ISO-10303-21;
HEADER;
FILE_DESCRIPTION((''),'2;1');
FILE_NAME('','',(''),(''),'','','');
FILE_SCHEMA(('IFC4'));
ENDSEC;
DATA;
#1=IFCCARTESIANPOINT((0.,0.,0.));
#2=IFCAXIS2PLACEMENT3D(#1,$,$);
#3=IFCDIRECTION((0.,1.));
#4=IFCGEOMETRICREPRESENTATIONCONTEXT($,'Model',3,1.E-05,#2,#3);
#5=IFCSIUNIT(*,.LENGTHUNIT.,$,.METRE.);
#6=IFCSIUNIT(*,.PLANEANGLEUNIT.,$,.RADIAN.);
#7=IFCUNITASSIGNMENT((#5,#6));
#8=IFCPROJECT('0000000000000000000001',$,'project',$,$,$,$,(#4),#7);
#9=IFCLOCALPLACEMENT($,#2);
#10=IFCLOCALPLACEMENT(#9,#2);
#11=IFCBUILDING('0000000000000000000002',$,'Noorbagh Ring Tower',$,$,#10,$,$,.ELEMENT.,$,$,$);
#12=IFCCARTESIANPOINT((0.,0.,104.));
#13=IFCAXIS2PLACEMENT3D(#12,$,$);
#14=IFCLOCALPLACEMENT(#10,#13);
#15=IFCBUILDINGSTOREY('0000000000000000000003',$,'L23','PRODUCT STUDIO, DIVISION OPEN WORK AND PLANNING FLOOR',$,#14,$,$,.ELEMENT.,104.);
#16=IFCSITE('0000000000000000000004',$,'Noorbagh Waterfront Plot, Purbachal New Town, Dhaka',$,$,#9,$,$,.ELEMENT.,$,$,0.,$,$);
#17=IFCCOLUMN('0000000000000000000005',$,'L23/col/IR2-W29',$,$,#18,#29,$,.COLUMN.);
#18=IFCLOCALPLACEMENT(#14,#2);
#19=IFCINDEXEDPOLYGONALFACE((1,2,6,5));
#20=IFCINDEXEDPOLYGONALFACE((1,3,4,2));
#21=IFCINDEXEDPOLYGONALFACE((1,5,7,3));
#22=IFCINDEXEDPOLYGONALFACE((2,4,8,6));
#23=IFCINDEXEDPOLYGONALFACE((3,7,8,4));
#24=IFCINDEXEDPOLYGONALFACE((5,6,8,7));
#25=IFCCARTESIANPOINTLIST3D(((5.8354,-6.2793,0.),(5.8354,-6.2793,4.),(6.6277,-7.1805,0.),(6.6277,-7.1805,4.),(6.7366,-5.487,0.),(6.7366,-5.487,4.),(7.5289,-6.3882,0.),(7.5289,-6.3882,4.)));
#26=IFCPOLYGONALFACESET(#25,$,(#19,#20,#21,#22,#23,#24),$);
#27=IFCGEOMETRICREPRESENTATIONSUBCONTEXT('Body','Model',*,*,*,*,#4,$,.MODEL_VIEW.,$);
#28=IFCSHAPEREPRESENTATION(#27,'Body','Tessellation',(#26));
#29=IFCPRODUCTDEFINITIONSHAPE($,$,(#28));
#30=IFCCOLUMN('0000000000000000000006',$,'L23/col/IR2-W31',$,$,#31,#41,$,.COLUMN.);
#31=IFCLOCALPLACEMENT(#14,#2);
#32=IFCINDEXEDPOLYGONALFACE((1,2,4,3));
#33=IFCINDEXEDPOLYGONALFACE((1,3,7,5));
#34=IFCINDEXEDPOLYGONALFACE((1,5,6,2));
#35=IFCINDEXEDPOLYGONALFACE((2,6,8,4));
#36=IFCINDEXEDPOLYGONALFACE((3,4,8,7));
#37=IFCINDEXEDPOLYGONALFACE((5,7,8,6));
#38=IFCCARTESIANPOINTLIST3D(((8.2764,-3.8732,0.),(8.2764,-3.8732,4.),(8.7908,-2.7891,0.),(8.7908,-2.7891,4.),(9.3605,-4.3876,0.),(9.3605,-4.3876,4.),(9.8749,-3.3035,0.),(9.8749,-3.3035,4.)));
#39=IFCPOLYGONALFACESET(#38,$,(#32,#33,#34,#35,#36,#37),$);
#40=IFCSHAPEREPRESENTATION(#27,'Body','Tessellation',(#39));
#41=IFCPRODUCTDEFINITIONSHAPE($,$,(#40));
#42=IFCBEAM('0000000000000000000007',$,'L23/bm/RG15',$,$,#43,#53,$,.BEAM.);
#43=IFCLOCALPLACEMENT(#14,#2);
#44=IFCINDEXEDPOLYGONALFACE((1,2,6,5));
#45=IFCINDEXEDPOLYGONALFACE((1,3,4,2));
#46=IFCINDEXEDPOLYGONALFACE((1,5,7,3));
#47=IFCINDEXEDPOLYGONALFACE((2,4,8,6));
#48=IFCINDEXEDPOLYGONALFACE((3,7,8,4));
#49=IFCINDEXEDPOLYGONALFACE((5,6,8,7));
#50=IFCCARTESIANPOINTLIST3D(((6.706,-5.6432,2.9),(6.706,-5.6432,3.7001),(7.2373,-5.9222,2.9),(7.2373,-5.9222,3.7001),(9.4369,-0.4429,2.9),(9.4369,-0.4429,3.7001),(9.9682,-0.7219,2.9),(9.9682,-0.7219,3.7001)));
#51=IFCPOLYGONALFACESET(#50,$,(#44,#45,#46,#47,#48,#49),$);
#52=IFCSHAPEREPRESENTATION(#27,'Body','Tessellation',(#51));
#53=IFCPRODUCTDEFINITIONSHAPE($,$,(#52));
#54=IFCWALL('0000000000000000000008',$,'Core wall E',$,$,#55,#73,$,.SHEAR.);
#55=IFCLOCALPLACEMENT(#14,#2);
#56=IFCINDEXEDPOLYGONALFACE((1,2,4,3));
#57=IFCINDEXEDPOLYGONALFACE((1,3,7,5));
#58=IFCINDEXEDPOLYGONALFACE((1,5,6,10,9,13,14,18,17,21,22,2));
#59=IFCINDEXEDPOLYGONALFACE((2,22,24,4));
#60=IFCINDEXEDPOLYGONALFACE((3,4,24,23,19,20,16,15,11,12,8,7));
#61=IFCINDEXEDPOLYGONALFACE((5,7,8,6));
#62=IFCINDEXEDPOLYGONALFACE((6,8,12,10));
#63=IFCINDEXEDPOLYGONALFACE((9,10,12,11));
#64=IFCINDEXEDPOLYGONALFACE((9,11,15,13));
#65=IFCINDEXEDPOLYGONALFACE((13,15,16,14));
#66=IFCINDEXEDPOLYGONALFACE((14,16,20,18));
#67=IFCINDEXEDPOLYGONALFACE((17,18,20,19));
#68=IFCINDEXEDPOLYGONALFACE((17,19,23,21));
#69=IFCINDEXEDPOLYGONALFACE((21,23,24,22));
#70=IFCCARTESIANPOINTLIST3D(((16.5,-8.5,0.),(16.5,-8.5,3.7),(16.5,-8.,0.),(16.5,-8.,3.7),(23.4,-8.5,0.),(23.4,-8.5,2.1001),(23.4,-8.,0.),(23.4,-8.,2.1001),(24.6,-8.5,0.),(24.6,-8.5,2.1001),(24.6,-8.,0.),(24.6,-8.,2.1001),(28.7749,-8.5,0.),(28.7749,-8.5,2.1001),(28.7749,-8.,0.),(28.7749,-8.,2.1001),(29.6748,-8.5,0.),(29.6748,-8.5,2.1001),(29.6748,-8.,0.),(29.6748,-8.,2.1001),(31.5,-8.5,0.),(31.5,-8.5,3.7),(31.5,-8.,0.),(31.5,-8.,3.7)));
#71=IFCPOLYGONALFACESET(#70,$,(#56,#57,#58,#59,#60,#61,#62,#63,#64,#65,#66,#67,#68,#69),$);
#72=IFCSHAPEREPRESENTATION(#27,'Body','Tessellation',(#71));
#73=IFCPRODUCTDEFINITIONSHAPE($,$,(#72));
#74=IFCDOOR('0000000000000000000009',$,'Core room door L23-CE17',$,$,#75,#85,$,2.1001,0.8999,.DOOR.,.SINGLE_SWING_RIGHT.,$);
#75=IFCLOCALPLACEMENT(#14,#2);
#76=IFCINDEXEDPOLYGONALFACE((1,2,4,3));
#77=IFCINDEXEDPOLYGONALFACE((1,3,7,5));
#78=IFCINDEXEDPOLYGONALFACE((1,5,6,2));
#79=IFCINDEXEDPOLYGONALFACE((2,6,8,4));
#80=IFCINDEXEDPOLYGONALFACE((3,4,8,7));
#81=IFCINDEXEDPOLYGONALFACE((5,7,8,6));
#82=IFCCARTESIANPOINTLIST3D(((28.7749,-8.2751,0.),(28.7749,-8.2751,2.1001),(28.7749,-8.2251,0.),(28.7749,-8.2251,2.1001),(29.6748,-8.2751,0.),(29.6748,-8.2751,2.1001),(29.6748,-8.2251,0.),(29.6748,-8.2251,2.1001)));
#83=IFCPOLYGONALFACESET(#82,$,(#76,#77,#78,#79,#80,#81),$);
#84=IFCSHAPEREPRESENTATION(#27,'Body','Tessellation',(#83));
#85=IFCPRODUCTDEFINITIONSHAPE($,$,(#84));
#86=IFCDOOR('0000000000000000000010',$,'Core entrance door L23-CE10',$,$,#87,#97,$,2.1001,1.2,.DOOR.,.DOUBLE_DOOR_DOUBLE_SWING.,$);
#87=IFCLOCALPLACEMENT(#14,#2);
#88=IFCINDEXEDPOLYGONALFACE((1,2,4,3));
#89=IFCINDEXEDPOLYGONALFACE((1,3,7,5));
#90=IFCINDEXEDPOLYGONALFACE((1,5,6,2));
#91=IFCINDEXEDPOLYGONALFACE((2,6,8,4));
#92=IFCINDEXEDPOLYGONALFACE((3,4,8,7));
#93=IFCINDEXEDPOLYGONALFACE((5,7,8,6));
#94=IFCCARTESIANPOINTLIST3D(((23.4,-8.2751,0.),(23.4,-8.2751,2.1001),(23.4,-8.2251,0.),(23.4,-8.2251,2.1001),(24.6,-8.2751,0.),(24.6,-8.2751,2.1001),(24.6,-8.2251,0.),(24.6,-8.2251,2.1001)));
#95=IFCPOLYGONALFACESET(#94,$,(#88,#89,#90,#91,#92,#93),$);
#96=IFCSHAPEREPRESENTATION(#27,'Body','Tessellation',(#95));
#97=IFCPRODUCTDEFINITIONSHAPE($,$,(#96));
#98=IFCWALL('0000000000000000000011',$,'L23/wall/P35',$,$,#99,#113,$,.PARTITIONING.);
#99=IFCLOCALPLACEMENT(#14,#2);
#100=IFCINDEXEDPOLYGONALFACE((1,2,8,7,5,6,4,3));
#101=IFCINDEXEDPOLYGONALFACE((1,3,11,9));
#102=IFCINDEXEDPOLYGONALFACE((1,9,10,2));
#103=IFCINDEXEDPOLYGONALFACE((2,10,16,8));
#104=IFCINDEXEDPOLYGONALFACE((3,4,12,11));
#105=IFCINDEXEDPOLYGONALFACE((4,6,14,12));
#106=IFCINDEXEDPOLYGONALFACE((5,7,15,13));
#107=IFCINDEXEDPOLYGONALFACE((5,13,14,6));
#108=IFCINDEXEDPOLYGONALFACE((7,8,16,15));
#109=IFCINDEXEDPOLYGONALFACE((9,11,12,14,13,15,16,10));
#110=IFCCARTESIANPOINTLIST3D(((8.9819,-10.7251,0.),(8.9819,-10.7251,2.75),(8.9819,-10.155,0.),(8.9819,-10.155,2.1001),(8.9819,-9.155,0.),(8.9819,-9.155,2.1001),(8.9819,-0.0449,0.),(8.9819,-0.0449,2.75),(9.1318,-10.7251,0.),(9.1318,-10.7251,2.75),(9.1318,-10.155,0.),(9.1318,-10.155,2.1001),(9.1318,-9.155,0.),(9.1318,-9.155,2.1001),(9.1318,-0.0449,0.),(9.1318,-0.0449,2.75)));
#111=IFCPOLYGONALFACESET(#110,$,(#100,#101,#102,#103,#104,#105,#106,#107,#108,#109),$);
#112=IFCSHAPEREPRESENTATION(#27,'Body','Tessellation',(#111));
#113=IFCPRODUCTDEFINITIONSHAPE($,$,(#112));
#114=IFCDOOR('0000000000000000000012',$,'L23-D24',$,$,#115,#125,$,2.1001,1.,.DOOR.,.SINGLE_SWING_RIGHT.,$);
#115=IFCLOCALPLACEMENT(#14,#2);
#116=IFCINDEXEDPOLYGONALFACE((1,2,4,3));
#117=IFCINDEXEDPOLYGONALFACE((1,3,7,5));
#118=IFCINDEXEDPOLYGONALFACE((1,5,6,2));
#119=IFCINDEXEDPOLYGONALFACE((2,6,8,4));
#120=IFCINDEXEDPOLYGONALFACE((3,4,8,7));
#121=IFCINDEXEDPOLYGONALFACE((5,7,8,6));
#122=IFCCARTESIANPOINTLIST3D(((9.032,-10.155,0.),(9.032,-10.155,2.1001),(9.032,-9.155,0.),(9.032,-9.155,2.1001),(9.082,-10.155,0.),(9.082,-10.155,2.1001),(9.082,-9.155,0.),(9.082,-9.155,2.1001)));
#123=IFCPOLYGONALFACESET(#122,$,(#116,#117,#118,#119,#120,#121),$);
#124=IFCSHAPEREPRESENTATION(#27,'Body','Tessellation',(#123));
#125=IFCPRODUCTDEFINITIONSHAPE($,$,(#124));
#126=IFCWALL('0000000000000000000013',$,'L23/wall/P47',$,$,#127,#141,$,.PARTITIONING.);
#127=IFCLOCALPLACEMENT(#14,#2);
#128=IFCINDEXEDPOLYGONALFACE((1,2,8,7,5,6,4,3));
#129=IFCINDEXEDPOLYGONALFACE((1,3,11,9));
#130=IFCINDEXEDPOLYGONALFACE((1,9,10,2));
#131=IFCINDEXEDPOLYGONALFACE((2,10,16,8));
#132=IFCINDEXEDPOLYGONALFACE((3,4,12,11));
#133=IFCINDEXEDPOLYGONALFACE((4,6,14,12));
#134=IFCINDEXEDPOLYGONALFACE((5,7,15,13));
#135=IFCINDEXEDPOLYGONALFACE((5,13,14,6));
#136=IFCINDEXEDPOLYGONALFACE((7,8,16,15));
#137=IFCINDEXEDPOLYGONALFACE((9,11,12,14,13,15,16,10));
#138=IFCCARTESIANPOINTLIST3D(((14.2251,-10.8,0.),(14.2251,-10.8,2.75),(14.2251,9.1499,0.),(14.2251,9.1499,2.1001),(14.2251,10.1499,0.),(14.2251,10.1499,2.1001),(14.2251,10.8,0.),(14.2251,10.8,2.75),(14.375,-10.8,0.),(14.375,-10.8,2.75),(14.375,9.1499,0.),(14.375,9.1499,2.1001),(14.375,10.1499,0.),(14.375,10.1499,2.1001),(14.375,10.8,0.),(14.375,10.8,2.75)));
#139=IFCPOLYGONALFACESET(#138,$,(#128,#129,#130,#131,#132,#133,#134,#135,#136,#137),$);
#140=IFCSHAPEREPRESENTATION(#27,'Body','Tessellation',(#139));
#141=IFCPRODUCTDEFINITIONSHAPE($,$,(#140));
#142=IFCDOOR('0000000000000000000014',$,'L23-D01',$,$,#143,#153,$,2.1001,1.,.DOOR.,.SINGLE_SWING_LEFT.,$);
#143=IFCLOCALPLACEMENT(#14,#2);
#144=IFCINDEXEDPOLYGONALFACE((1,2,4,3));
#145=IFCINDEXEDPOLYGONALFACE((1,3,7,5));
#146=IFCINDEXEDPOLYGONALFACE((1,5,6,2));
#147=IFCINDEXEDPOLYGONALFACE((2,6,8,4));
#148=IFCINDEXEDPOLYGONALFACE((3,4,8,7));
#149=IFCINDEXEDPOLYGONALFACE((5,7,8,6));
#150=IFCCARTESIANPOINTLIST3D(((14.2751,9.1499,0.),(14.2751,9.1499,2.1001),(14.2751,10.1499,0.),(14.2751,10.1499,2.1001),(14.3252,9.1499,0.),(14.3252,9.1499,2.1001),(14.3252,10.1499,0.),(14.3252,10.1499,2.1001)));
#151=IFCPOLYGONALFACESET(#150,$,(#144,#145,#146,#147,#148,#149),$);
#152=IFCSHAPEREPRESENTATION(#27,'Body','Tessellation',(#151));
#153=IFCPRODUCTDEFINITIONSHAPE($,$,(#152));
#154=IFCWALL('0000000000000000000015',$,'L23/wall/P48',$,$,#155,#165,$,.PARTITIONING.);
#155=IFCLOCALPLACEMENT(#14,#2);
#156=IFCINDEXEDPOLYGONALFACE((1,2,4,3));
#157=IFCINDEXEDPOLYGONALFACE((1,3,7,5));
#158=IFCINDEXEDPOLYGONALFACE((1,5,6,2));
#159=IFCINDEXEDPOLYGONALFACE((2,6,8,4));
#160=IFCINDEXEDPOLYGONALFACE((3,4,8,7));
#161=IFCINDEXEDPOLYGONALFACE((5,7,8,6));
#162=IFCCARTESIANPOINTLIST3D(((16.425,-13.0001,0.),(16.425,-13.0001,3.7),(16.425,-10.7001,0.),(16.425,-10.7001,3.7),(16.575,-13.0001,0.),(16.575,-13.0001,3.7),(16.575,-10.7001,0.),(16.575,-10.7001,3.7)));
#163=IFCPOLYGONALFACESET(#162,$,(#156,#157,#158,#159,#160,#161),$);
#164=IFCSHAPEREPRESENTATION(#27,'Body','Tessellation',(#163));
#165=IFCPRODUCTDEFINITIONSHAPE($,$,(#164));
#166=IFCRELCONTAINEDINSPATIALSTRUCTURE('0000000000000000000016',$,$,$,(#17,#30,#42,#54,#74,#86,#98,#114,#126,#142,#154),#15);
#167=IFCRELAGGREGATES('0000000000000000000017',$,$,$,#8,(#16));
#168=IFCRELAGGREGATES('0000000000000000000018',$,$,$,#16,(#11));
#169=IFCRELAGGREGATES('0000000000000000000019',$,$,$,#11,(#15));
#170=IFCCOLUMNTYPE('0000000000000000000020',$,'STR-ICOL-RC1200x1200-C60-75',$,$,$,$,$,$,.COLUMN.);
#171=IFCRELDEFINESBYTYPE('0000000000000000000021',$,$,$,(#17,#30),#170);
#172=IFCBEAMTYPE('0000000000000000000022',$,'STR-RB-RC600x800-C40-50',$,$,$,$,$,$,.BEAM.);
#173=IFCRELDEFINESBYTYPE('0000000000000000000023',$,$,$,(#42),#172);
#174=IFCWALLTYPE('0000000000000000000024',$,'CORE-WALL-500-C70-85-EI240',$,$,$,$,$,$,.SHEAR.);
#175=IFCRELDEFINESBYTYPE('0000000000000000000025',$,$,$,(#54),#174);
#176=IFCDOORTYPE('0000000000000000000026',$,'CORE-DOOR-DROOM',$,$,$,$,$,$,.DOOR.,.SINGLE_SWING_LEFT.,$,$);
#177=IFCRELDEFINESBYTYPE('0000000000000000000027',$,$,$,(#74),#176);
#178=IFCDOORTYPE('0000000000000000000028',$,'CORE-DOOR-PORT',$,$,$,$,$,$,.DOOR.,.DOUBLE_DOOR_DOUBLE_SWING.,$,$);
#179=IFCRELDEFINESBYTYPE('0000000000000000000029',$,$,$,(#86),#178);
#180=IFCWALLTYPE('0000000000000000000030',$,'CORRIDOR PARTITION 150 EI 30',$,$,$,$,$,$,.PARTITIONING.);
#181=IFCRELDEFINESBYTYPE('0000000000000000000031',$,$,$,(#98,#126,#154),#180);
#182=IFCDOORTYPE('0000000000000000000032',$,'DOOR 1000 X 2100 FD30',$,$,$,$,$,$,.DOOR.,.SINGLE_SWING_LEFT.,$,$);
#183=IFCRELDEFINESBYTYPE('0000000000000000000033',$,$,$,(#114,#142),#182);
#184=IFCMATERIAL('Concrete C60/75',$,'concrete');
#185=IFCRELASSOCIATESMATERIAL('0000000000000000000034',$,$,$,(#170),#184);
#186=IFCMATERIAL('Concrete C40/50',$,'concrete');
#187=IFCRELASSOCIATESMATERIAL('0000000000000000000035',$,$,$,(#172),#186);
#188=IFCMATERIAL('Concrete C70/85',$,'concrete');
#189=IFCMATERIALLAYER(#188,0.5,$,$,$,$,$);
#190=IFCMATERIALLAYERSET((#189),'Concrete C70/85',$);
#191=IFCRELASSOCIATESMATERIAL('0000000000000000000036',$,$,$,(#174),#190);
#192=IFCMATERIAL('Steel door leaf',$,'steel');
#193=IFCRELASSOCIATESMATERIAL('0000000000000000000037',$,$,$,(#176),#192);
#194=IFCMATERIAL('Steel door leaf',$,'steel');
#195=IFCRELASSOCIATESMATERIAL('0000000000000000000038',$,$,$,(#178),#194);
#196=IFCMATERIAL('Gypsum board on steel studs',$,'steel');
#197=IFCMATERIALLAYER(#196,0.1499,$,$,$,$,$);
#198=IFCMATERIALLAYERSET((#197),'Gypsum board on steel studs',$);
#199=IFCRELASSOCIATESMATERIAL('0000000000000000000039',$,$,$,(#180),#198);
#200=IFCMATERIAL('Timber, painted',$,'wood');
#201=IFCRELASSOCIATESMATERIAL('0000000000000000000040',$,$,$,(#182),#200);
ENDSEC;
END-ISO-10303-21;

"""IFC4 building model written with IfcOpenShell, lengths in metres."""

from ifc_helpers import new_model, si_unit, direction, frame, frame_2d, origin, origin_2d, place, context, subcontext, project, spatial, rectangle, extrude, material, layer, layer_set, material_profile, profile_set, type_object, element, fill, save


model = new_model("IFC4")

# Units and contexts
model_context = context("Model", 3, precision=1e-05, world=origin(), true_north=direction((0.0, 1.0)))
body_context = subcontext(model_context, "Body", "Model", "MODEL_VIEW")
ifc_project = project(units=[si_unit("LENGTHUNIT", "METRE"), si_unit("PLANEANGLEUNIT", "RADIAN")], contexts=[model_context])

# Site, building, storey
site_placement = place(None, origin())
site = spatial("IfcSite", under=ifc_project, at=site_placement, Name="Noorbagh Waterfront Plot, Purbachal New Town, Dhaka", CompositionType="ELEMENT", RefElevation=0.0)
building_placement = place(site_placement, origin())
building = spatial("IfcBuilding", under=site, at=building_placement, Name="Noorbagh Ring Tower", CompositionType="ELEMENT")
storey_placement = place(building_placement, frame((0.0, 0.0, 104.0)))
storey = spatial("IfcBuildingStorey", under=building, at=storey_placement, Name="L23", Description="PRODUCT STUDIO, DIVISION OPEN WORK AND PLANNING FLOOR", CompositionType="ELEMENT", Elevation=104.0)

# Columns
ifc_material_1 = material(Name="Concrete C60/75", Category="concrete")
ifc_material_profile_1 = material_profile(ifc_material_1, rectangle(XDim=1.2, YDim=1.2, at=origin_2d()), Name="RC1200x1200")
ifc_profile_set_1 = profile_set([ifc_material_profile_1], Name="Concrete C60/75")
column_type = type_object("IfcColumnType", Name="STR-ICOL-RC1200x1200-C60-75", PredefinedType="COLUMN", material=ifc_profile_set_1)
for number, where, z_axis, x_axis, name in (
    (1, (6.6821, -6.3337, 0.0), (0.0, 0.0, 1.0), (0.751022, 0.660277, 0.0), "L23/col/IR2-W29"),
    (2, (9.0757, -3.5884, 0.0), (0.0, 0.0, 1.0), (0.428667, 0.903463, 0.0), "L23/col/IR2-W31"),
):
    element("IfcColumn", number, at=place(storey_placement, frame(where, z_axis=z_axis, x_axis=x_axis)), inside=storey, type_object=column_type, Name=name, PredefinedType="COLUMN", context=body_context, shape_type="SweptSolid", body=[
        extrude(rectangle(XDim=1.2, YDim=1.2, at=origin_2d()), origin(), (0.0, 0.0, 1.0), 4.0),
    ])

# Beam
ifc_material_2 = material(Name="Concrete C40/50", Category="concrete")
ifc_material_profile_2 = material_profile(ifc_material_2, rectangle(XDim=0.6001, YDim=0.8, at=origin_2d()), Name="RC600x800")
ifc_profile_set_2 = profile_set([ifc_material_profile_2], Name="Concrete C40/50")
beam_type = type_object("IfcBeamType", Name="STR-RB-RC600x800-C40-50", PredefinedType="BEAM", material=ifc_profile_set_2)
beam_placement = place(storey_placement, frame((6.9717, -5.7827, 3.3), z_axis=(0.464931, 0.885347, 0.0), x_axis=(-0.885347, 0.464931, 0.0)))
element("IfcBeam", 3, at=beam_placement, inside=storey, type_object=beam_type, Name="L23/bm/RG15", PredefinedType="BEAM", context=body_context, shape_type="SweptSolid", body=[
    extrude(rectangle(XDim=0.6001, YDim=0.8, at=origin_2d()), origin(), (0.0, 0.0, 1.0), 5.8738),
])

# Wall, openings, doors
ifc_material_3 = material(Name="Concrete C70/85", Category="concrete")
ifc_layer_1 = layer(ifc_material_3, 0.5)
ifc_layer_set_1 = layer_set([ifc_layer_1], Name="Concrete C70/85")
wall_type_1 = type_object("IfcWallType", Name="CORE-WALL-500-C70-85-EI240", PredefinedType="SHEAR", material=ifc_layer_set_1)
wall_1_placement = place(storey_placement, frame((16.5, -8.25, 0.0), z_axis=(0.0, 0.0, 1.0), x_axis=(1.0, 0.0, 0.0)))
wall_1 = element("IfcWall", 4, at=wall_1_placement, inside=storey, type_object=wall_type_1, Name="Core wall E", PredefinedType="SHEAR", context=body_context, shape_type="SweptSolid", body=[
    extrude(rectangle(XDim=15.0, YDim=0.5, at=frame_2d((7.5, 0.0))), origin(), (0.0, 0.0, 1.0), 3.7),
])
opening_1_placement = place(wall_1_placement, frame((6.8999, 0.0, 0.0)))
opening_1 = element("IfcOpeningElement", 5, at=opening_1_placement, cuts=wall_1, PredefinedType="OPENING", context=body_context, shape_type="SweptSolid", body=[
    extrude(rectangle(XDim=1.2, YDim=2.1001, at=frame_2d((0.6001, 1.05))), frame((0.0, 0.26, 0.0), z_axis=(0.0, -1.0, 0.0), x_axis=(1.0, 0.0, 0.0)), (0.0, 0.0, 1.0), 0.52),
])
opening_2_placement = place(wall_1_placement, frame((12.2749, 0.0, 0.0)))
opening_2 = element("IfcOpeningElement", 6, at=opening_2_placement, cuts=wall_1, PredefinedType="OPENING", context=body_context, shape_type="SweptSolid", body=[
    extrude(rectangle(XDim=0.8999, YDim=2.1001, at=frame_2d((0.45, 1.05))), frame((0.0, 0.26, 0.0), z_axis=(0.0, -1.0, 0.0), x_axis=(1.0, 0.0, 0.0)), (0.0, 0.0, 1.0), 0.52),
])
ifc_material_4 = material(Name="Steel door leaf", Category="steel")
door_type_1 = type_object("IfcDoorType", Name="CORE-DOOR-DROOM", OperationType="SINGLE_SWING_LEFT", PredefinedType="DOOR", material=ifc_material_4)
door_1_placement = place(opening_2_placement, origin())
door_1 = element("IfcDoor", 7, at=door_1_placement, inside=storey, type_object=door_type_1, Name="Core room door L23-CE17", OperationType="SINGLE_SWING_RIGHT", OverallHeight=2.1001, OverallWidth=0.8999, PredefinedType="DOOR", context=body_context, shape_type="SweptSolid", body=[
    extrude(rectangle(XDim=0.8999, YDim=2.1001, at=frame_2d((0.45, 1.05))), frame((0.0, 0.0249, 0.0), z_axis=(0.0, -1.0, 0.0), x_axis=(1.0, 0.0, 0.0)), (0.0, 0.0, 1.0), 0.05),
])
fill(opening_2, door_1)
ifc_material_5 = material(Name="Steel door leaf", Category="steel")
door_type_2 = type_object("IfcDoorType", Name="CORE-DOOR-PORT", OperationType="DOUBLE_DOOR_DOUBLE_SWING", PredefinedType="DOOR", material=ifc_material_5)
door_2_placement = place(opening_1_placement, origin())
door_2 = element("IfcDoor", 8, at=door_2_placement, inside=storey, type_object=door_type_2, Name="Core entrance door L23-CE10", OperationType="DOUBLE_DOOR_DOUBLE_SWING", OverallHeight=2.1001, OverallWidth=1.2, PredefinedType="DOOR", context=body_context, shape_type="SweptSolid", body=[
    extrude(rectangle(XDim=1.2, YDim=2.1001, at=frame_2d((0.6001, 1.05))), frame((0.0, 0.0249, 0.0), z_axis=(0.0, -1.0, 0.0), x_axis=(1.0, 0.0, 0.0)), (0.0, 0.0, 1.0), 0.05),
])
fill(opening_1, door_2)

# Walls, openings, doors
ifc_material_6 = material(Name="Gypsum board on steel studs", Category="steel")
ifc_layer_2 = layer(ifc_material_6, 0.1499)
ifc_layer_set_2 = layer_set([ifc_layer_2], Name="Gypsum board on steel studs")
wall_type_2 = type_object("IfcWallType", Name="CORRIDOR PARTITION 150 EI 30", PredefinedType="PARTITIONING", material=ifc_layer_set_2)
wall_2_placement = place(storey_placement, frame((9.0569, -10.7251, 0.0), z_axis=(0.0, 0.0, 1.0), x_axis=(0.0, 1.0, 0.0)))
wall_2 = element("IfcWall", 9, at=wall_2_placement, inside=storey, type_object=wall_type_2, Name="L23/wall/P35", PredefinedType="PARTITIONING", context=body_context, shape_type="SweptSolid", body=[
    extrude(rectangle(XDim=10.6802, YDim=0.1499, at=frame_2d((5.3401, 0.0))), origin(), (0.0, 0.0, 1.0), 2.75),
])
opening_3_placement = place(wall_2_placement, frame((0.5701, 0.0, 0.0)))
opening_3 = element("IfcOpeningElement", 10, at=opening_3_placement, cuts=wall_2, PredefinedType="OPENING", context=body_context, shape_type="SweptSolid", body=[
    extrude(rectangle(XDim=1.0, YDim=2.1001, at=frame_2d((0.5, 1.05))), frame((0.0, 0.085, 0.0), z_axis=(0.0, -1.0, 0.0), x_axis=(1.0, 0.0, 0.0)), (0.0, 0.0, 1.0), 0.1699),
])
ifc_material_7 = material(Name="Timber, painted", Category="wood")
door_type_3 = type_object("IfcDoorType", Name="DOOR 1000 X 2100 FD30", OperationType="SINGLE_SWING_LEFT", PredefinedType="DOOR", material=ifc_material_7)
door_3_placement = place(opening_3_placement, origin())
door_3 = element("IfcDoor", 11, at=door_3_placement, inside=storey, type_object=door_type_3, Name="L23-D24", OperationType="SINGLE_SWING_RIGHT", OverallHeight=2.1001, OverallWidth=1.0, PredefinedType="DOOR", context=body_context, shape_type="SweptSolid", body=[
    extrude(rectangle(XDim=1.0, YDim=2.1001, at=frame_2d((0.5, 1.05))), frame((0.0, 0.0249, 0.0), z_axis=(0.0, -1.0, 0.0), x_axis=(1.0, 0.0, 0.0)), (0.0, 0.0, 1.0), 0.05),
])
fill(opening_3, door_3)
wall_3_placement = place(storey_placement, frame((14.3, -10.8, 0.0), z_axis=(0.0, 0.0, 1.0), x_axis=(0.0, 1.0, 0.0)))
wall_3 = element("IfcWall", 12, at=wall_3_placement, inside=storey, type_object=wall_type_2, Name="L23/wall/P47", PredefinedType="PARTITIONING", context=body_context, shape_type="SweptSolid", body=[
    extrude(rectangle(XDim=21.6001, YDim=0.1499, at=frame_2d((10.8, 0.0))), origin(), (0.0, 0.0, 1.0), 2.75),
])
opening_4_placement = place(wall_3_placement, frame((19.95, 0.0, 0.0)))
opening_4 = element("IfcOpeningElement", 13, at=opening_4_placement, cuts=wall_3, PredefinedType="OPENING", context=body_context, shape_type="SweptSolid", body=[
    extrude(rectangle(XDim=1.0, YDim=2.1001, at=frame_2d((0.5, 1.05))), frame((0.0, 0.085, 0.0), z_axis=(0.0, -1.0, 0.0), x_axis=(1.0, 0.0, 0.0)), (0.0, 0.0, 1.0), 0.1699),
])
door_4_placement = place(opening_4_placement, origin())
door_4 = element("IfcDoor", 14, at=door_4_placement, inside=storey, type_object=door_type_3, Name="L23-D01", OperationType="SINGLE_SWING_LEFT", OverallHeight=2.1001, OverallWidth=1.0, PredefinedType="DOOR", context=body_context, shape_type="SweptSolid", body=[
    extrude(rectangle(XDim=1.0, YDim=2.1001, at=frame_2d((0.5, 1.05))), frame((0.0, 0.0249, 0.0), z_axis=(0.0, -1.0, 0.0), x_axis=(1.0, 0.0, 0.0)), (0.0, 0.0, 1.0), 0.05),
])
fill(opening_4, door_4)

# Wall
wall_4_placement = place(storey_placement, frame((16.5, -13.0, 0.0), z_axis=(0.0, 0.0, 1.0), x_axis=(0.0, 1.0, 0.0)))
element("IfcWall", 15, at=wall_4_placement, inside=storey, type_object=wall_type_2, Name="L23/wall/P48", PredefinedType="PARTITIONING", context=body_context, shape_type="SweptSolid", body=[
    extrude(rectangle(XDim=2.3, YDim=0.1499, at=frame_2d((1.1499, 0.0))), origin(), (0.0, 0.0, 1.0), 3.7),
])

save(model, "model.ifc")
